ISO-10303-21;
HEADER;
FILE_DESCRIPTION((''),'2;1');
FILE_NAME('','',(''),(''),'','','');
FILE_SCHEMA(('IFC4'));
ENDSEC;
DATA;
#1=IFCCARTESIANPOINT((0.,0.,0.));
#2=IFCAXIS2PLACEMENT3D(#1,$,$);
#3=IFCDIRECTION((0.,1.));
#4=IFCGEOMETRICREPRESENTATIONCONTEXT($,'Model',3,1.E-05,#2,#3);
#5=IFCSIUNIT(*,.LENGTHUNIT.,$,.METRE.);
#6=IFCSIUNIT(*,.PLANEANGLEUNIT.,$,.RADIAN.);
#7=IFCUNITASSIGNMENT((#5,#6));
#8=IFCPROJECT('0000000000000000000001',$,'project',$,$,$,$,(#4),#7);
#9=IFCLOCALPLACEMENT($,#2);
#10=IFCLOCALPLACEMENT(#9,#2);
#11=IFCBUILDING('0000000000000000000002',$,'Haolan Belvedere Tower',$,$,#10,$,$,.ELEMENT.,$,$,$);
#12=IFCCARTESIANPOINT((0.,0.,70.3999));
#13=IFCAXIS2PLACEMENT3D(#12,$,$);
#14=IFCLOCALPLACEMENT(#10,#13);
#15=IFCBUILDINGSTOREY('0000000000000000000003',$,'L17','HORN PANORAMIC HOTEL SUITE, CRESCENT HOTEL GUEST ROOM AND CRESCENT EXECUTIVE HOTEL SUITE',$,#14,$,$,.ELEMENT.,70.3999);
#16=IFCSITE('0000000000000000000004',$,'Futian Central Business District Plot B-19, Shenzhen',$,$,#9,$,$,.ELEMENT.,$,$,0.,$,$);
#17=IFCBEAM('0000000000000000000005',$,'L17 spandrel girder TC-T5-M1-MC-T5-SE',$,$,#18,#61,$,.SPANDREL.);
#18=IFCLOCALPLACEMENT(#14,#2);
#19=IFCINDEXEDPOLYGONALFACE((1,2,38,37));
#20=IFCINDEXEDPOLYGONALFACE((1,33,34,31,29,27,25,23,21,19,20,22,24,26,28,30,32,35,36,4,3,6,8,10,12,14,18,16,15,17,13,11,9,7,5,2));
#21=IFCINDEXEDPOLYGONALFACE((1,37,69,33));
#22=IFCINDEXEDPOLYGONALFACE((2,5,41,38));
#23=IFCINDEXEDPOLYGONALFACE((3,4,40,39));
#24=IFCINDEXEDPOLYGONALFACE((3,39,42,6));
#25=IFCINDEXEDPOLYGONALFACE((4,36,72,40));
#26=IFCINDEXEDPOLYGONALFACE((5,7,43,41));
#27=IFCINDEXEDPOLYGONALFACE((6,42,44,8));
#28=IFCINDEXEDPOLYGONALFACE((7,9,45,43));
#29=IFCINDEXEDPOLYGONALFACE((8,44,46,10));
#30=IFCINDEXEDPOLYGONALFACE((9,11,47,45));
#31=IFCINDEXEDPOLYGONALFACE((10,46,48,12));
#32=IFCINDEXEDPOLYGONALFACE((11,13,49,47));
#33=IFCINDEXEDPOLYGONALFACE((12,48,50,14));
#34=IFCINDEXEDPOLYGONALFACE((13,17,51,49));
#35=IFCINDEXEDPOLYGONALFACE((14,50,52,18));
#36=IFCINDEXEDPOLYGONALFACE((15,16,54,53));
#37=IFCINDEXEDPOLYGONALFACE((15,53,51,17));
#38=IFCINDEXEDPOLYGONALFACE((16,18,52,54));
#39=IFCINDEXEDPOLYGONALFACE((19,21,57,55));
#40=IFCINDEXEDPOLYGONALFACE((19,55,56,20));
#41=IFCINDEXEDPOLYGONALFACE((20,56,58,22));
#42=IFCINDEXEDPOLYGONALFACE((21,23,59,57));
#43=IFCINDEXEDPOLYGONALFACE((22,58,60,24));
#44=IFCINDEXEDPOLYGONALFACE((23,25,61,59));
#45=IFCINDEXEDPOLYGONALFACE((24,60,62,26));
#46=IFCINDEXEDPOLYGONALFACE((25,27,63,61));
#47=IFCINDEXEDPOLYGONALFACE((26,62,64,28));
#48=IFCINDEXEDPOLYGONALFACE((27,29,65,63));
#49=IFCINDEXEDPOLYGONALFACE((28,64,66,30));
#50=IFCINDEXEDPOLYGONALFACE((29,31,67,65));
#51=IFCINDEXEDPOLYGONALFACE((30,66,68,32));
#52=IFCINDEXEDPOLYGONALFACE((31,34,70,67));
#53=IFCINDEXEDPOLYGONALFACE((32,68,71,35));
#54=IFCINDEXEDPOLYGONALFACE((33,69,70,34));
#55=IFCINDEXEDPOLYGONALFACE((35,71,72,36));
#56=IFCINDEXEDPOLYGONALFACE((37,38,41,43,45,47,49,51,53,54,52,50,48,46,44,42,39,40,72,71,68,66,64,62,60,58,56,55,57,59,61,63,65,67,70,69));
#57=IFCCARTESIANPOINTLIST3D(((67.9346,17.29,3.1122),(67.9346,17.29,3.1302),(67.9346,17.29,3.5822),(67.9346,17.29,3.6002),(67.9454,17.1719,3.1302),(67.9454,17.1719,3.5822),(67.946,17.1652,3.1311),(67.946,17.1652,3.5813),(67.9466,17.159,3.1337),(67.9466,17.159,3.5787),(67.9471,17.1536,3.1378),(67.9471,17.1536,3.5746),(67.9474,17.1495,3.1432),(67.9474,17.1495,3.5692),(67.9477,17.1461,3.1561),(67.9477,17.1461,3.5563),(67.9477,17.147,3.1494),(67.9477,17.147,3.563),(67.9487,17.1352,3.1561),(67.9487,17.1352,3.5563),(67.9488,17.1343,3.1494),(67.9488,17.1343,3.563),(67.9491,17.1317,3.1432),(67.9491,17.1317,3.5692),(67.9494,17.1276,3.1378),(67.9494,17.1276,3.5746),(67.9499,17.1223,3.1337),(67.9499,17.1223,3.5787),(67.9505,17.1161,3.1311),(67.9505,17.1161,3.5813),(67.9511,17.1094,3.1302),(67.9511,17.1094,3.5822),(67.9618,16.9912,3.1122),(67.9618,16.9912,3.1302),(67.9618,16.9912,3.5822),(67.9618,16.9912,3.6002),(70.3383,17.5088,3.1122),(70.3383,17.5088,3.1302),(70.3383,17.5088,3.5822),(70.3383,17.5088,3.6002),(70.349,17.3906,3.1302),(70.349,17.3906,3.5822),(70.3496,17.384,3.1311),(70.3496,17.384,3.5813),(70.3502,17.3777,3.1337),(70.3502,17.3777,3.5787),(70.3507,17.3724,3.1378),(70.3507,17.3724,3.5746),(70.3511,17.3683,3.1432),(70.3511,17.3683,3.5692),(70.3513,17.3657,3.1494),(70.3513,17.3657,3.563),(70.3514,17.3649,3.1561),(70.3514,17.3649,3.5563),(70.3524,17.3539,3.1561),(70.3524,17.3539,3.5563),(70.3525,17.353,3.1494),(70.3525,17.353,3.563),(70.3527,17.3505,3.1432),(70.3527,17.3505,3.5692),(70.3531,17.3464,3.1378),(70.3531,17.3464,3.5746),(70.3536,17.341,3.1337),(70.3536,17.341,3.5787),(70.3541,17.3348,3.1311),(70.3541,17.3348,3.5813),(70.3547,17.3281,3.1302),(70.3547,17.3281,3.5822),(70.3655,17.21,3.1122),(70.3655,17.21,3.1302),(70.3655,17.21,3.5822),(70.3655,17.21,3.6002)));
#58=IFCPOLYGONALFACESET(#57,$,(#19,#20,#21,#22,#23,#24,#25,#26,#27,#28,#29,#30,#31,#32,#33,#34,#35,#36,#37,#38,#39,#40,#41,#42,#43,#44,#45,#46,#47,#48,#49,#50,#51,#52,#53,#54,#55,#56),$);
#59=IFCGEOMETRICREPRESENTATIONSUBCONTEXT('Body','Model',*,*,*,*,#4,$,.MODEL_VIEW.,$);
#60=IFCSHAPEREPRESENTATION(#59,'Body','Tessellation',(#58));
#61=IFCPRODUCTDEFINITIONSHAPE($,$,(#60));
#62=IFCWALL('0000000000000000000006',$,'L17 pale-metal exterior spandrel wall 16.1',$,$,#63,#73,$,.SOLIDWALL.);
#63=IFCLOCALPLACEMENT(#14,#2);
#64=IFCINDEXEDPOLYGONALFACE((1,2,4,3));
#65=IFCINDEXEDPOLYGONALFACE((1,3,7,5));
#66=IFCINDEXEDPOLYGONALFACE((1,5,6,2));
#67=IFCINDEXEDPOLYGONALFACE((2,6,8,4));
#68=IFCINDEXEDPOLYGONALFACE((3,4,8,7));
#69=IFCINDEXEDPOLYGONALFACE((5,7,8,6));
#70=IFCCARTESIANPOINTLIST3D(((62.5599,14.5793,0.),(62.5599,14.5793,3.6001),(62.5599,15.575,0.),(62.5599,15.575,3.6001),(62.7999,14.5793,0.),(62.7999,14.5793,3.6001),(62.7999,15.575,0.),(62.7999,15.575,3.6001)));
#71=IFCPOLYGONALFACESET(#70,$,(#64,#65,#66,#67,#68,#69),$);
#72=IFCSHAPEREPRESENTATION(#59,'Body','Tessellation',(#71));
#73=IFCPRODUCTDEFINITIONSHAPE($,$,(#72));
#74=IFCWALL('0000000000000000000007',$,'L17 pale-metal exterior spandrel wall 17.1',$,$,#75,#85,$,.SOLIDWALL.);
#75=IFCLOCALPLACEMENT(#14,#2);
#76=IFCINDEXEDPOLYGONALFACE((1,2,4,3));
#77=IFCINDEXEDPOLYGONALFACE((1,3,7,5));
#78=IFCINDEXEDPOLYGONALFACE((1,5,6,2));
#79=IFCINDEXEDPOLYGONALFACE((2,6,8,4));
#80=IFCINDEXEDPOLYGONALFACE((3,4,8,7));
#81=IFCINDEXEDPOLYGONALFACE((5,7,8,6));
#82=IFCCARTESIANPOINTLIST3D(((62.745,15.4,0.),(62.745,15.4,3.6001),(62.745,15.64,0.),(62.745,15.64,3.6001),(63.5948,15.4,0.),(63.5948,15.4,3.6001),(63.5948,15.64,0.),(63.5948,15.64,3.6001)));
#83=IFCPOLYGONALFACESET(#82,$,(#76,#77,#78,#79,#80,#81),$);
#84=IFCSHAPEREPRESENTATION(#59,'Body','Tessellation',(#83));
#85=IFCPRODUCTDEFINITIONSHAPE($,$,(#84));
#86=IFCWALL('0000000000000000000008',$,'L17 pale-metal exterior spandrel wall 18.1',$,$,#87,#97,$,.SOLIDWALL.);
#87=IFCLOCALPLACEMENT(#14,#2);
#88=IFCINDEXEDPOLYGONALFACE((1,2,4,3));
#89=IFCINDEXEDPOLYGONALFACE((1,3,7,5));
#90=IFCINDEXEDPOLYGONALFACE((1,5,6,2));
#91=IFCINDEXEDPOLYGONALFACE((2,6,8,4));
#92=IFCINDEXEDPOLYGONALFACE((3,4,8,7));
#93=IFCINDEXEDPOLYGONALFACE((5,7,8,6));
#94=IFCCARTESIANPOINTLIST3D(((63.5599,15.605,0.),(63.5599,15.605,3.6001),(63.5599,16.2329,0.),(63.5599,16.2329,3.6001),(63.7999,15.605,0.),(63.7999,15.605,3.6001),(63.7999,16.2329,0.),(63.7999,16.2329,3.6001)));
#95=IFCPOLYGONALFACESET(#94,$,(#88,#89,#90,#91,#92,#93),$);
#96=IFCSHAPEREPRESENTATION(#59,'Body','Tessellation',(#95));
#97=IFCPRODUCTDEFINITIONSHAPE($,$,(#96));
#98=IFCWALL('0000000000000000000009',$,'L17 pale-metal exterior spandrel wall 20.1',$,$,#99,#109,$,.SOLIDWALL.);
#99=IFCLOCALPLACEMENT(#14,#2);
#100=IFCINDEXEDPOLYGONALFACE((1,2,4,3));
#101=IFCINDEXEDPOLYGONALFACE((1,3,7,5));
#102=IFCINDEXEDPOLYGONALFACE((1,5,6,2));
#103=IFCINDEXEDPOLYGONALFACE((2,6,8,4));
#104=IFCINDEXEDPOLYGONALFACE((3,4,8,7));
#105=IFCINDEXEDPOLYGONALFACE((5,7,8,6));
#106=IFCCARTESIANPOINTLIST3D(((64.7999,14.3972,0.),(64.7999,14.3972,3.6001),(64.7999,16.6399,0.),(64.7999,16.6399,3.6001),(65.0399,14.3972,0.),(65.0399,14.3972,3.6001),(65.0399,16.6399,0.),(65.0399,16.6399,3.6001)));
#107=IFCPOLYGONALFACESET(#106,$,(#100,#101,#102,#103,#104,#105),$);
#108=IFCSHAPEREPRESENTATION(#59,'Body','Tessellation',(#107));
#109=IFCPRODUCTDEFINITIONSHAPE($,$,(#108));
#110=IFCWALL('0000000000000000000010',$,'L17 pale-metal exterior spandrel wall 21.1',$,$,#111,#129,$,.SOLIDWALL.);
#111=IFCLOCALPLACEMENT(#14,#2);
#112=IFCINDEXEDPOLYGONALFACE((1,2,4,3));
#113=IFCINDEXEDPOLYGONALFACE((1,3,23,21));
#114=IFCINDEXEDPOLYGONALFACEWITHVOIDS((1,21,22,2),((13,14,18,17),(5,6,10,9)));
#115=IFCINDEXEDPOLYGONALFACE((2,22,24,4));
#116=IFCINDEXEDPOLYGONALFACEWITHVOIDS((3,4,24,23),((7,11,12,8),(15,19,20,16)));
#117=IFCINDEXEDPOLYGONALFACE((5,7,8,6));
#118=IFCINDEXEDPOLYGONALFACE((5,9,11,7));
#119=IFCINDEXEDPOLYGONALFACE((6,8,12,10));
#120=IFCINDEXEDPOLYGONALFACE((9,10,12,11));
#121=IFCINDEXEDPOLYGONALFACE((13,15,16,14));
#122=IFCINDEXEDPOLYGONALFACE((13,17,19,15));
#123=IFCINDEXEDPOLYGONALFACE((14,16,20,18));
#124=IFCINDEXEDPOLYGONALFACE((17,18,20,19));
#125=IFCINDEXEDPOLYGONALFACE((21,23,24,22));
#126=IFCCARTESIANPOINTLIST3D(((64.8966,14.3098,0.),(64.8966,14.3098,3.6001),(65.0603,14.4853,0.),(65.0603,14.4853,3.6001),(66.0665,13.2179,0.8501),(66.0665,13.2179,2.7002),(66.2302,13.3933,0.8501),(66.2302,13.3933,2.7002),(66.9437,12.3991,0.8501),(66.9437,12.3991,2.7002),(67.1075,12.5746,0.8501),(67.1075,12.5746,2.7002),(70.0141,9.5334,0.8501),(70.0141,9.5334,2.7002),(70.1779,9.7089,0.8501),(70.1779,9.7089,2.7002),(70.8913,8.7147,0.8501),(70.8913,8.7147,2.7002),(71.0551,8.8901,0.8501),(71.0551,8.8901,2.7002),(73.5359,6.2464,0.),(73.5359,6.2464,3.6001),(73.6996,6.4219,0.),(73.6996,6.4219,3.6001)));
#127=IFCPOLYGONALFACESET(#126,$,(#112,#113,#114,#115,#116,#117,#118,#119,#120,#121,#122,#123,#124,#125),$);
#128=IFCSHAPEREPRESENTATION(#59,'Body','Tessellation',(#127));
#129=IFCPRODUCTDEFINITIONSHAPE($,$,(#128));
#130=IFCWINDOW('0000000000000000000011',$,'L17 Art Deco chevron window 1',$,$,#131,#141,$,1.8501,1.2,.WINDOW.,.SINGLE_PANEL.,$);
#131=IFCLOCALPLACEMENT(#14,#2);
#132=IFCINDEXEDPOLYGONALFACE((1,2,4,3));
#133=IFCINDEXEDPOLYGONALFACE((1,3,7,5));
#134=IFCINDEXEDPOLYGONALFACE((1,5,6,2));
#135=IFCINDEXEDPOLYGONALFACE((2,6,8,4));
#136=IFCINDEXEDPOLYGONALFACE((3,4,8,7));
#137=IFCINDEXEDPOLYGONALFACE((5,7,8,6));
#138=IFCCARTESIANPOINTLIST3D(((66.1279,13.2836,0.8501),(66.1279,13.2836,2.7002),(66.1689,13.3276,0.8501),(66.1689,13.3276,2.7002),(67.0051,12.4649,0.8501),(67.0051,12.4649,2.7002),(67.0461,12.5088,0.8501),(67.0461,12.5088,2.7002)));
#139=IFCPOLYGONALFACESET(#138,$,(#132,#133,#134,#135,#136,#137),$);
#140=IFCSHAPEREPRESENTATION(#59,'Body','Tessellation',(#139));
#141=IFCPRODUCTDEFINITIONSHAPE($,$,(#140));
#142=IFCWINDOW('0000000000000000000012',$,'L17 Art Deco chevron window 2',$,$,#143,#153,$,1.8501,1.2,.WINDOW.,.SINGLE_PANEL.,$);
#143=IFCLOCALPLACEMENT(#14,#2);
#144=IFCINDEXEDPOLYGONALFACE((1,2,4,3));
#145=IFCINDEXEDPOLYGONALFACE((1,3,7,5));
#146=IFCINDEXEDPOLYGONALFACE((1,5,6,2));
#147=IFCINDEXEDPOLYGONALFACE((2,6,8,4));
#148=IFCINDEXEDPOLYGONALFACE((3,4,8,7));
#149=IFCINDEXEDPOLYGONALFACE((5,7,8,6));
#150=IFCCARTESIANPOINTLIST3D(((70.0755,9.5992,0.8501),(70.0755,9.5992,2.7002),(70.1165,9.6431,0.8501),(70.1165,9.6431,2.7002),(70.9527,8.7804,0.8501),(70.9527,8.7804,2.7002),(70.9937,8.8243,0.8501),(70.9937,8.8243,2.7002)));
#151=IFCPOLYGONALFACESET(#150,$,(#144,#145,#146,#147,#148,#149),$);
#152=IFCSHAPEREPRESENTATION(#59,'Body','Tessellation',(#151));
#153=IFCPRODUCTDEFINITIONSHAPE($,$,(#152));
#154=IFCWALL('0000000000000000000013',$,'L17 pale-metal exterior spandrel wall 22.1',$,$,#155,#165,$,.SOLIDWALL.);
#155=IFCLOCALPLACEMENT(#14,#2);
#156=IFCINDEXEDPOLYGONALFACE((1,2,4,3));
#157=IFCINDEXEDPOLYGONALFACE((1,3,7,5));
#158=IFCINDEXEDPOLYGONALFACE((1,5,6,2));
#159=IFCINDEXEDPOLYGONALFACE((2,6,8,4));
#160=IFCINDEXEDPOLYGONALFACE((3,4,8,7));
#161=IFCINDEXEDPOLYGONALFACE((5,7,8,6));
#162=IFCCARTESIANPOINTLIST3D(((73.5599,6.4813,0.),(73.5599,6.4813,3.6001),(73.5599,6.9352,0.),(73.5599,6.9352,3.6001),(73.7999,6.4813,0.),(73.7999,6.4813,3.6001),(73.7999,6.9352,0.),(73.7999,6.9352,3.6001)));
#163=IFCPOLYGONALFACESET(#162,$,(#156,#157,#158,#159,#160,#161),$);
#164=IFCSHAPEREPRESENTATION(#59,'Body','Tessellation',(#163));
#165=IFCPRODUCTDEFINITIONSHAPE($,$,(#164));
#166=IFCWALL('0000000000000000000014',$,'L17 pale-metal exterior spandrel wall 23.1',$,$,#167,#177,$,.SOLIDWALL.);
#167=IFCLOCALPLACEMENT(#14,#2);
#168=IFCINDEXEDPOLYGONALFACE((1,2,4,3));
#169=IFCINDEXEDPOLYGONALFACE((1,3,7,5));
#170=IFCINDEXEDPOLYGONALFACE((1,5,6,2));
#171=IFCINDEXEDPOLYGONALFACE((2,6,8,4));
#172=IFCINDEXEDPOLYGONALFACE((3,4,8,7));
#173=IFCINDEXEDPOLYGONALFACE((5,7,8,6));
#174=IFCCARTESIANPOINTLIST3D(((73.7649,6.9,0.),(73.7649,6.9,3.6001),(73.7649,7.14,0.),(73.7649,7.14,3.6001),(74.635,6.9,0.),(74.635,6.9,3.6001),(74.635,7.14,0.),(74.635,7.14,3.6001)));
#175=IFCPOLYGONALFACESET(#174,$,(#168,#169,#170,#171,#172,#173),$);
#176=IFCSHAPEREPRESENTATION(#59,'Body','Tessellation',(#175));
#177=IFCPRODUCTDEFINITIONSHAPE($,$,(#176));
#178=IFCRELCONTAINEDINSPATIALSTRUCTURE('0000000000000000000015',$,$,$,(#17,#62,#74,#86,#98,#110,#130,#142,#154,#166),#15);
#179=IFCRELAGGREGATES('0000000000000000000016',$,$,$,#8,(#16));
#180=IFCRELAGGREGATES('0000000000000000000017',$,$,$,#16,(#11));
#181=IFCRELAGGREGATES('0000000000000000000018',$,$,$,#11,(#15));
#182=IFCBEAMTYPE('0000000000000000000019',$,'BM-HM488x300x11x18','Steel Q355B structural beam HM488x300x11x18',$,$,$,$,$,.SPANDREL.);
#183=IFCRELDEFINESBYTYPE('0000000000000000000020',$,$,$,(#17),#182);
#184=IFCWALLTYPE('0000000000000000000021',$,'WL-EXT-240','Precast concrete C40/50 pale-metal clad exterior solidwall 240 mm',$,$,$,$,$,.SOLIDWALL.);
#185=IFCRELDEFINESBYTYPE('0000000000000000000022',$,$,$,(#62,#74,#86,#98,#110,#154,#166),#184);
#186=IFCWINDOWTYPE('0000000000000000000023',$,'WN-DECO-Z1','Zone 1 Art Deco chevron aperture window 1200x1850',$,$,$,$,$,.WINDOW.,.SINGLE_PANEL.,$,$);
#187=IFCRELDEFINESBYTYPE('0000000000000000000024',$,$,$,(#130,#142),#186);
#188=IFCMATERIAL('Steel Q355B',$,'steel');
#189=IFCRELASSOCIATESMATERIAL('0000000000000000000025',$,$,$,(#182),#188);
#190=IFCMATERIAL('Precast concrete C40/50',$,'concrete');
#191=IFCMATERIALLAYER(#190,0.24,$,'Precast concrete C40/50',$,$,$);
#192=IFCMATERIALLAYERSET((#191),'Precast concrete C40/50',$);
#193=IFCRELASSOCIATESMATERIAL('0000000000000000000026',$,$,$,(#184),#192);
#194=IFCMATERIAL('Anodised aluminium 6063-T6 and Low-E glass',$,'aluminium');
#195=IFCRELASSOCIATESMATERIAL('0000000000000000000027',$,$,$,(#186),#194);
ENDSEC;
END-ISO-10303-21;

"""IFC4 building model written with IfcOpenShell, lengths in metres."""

from ifc_helpers import new_model, si_unit, direction, frame, frame_2d, origin, origin_2d, place, context, subcontext, project, spatial, rectangle, i_section, extrude, material, layer, layer_set, material_profile, profile_set, type_object, element, fill, save


model = new_model("IFC4")

# Units and contexts
model_context = context("Model", 3, precision=1e-05, world=origin(), true_north=direction((0.0, 1.0)))
body_context = subcontext(model_context, "Body", "Model", "MODEL_VIEW")
ifc_project = project(units=[si_unit("LENGTHUNIT", "METRE"), si_unit("PLANEANGLEUNIT", "RADIAN")], contexts=[model_context])

# Site, building, storey
site_placement = place(None, origin())
site = spatial("IfcSite", under=ifc_project, at=site_placement, Name="Futian Central Business District Plot B-19, Shenzhen", CompositionType="ELEMENT", RefElevation=0.0)
building_placement = place(site_placement, origin())
building = spatial("IfcBuilding", under=site, at=building_placement, Name="Haolan Belvedere Tower", CompositionType="ELEMENT")
storey_placement = place(building_placement, frame((0.0, 0.0, 70.3999)))
storey = spatial("IfcBuildingStorey", under=building, at=storey_placement, Name="L17", Description="HORN PANORAMIC HOTEL SUITE, CRESCENT HOTEL GUEST ROOM AND CRESCENT EXECUTIVE HOTEL SUITE", CompositionType="ELEMENT", Elevation=70.3999)

# Shared definitions
ifc_material_1 = material(Name="Steel Q355B", Category="steel")

# Beam
ifc_material_profile_1 = material_profile(ifc_material_1, i_section(OverallWidth=0.3, OverallDepth=0.488, WebThickness=0.011, FlangeThickness=0.0181, FilletRadius=0.0259, at=origin_2d()), Name="Steel Q355B")
ifc_profile_set_1 = profile_set([ifc_material_profile_1], Name="Steel Q355B")
beam_type = type_object("IfcBeamType", Name="BM-HM488x300x11x18", Description="Steel Q355B structural beam HM488x300x11x18", PredefinedType="SPANDREL", material=ifc_profile_set_1)
for number, where, z_axis, x_axis, name in (
    (1, (67.9482, 17.1406, 3.3562), (0.995884, 0.090636, 0.0), (-0.090636, 0.995884, 0.0), "L17 spandrel girder TC-T5-M1-MC-T5-SE"),
):
    element("IfcBeam", number, at=place(storey_placement, frame(where, z_axis=z_axis, x_axis=x_axis)), inside=storey, type_object=beam_type, Name=name, PredefinedType="SPANDREL", context=body_context, shape_type="SweptSolid", body=[
        extrude(i_section(OverallWidth=0.3, OverallDepth=0.488, WebThickness=0.011, FlangeThickness=0.0181, FilletRadius=0.0259, at=origin_2d()), origin(), (0.0, 0.0, 1.0), 2.4136),
    ])

# Walls
ifc_material_2 = material(Name="Precast concrete C40/50", Category="concrete")
ifc_layer_1 = layer(ifc_material_2, 0.24, Name="Precast concrete C40/50")
ifc_layer_set_1 = layer_set([ifc_layer_1], Name="Precast concrete C40/50")
wall_type_1 = type_object("IfcWallType", Name="WL-EXT-240", Description="Precast concrete C40/50 pale-metal clad exterior solidwall 240 mm", PredefinedType="SOLIDWALL", material=ifc_layer_set_1)
wall_1_placement = place(storey_placement, frame((62.6799, 14.5793, 0.0), z_axis=(0.0, 0.0, 1.0), x_axis=(0.0, 1.0, 0.0)))
element("IfcWall", 2, at=wall_1_placement, inside=storey, type_object=wall_type_1, Name="L17 pale-metal exterior spandrel wall 16.1", PredefinedType="SOLIDWALL", context=body_context, shape_type="SweptSolid", body=[
    extrude(rectangle(XDim=0.9956, YDim=0.24, at=frame_2d((0.4978, 0.0))), origin(), (0.0, 0.0, 1.0), 3.6001),
])
wall_2_placement = place(storey_placement, frame((62.7451, 15.52, 0.0), z_axis=(0.0, 0.0, 1.0), x_axis=(1.0, 0.0, 0.0)))
element("IfcWall", 3, at=wall_2_placement, inside=storey, type_object=wall_type_1, Name="L17 pale-metal exterior spandrel wall 17.1", PredefinedType="SOLIDWALL", context=body_context, shape_type="SweptSolid", body=[
    extrude(rectangle(XDim=0.8499, YDim=0.24, at=frame_2d((0.4248, 0.0))), origin(), (0.0, 0.0, 1.0), 3.6001),
])
wall_3_placement = place(storey_placement, frame((63.6799, 15.605, 0.0), z_axis=(0.0, 0.0, 1.0), x_axis=(0.0, 1.0, 0.0)))
element("IfcWall", 4, at=wall_3_placement, inside=storey, type_object=wall_type_1, Name="L17 pale-metal exterior spandrel wall 18.1", PredefinedType="SOLIDWALL", context=body_context, shape_type="SweptSolid", body=[
    extrude(rectangle(XDim=0.6279, YDim=0.24, at=frame_2d((0.314, 0.0))), origin(), (0.0, 0.0, 1.0), 3.6001),
])
wall_4_placement = place(storey_placement, frame((64.9199, 16.6399, 0.0), z_axis=(0.0, 0.0, 1.0), x_axis=(0.0, -1.0, 0.0)))
element("IfcWall", 5, at=wall_4_placement, inside=storey, type_object=wall_type_1, Name="L17 pale-metal exterior spandrel wall 20.1", PredefinedType="SOLIDWALL", context=body_context, shape_type="SweptSolid", body=[
    extrude(rectangle(XDim=2.2427, YDim=0.24, at=frame_2d((1.1213, 0.0))), origin(), (0.0, 0.0, 1.0), 3.6001),
])

# Wall, openings, windows
wall_5_placement = place(storey_placement, frame((64.9785, 14.3975, 0.0), z_axis=(0.0, 0.0, 1.0), x_axis=(0.731054, -0.68232, 0.0)))
wall_5 = element("IfcWall", 6, at=wall_5_placement, inside=storey, type_object=wall_type_1, Name="L17 pale-metal exterior spandrel wall 21.1", PredefinedType="SOLIDWALL", context=body_context, shape_type="SweptSolid", body=[
    extrude(rectangle(XDim=11.8176, YDim=0.24, at=frame_2d((5.9087, 0.0))), origin(), (0.0, 0.0, 1.0), 3.6001),
])
opening_1_placement = place(wall_5_placement, frame((1.6001, 0.0, 0.8501)))
opening_1 = element("IfcOpeningElement", 7, at=opening_1_placement, cuts=wall_5, PredefinedType="OPENING", context=body_context, shape_type="SweptSolid", body=[
    extrude(rectangle(XDim=1.2, YDim=1.8501, at=frame_2d((0.6001, 0.925))), frame((0.0, 0.1299, 0.0), z_axis=(0.0, -1.0, 0.0), x_axis=(1.0, 0.0, 0.0)), (0.0, 0.0, 1.0), 0.26),
])
opening_2_placement = place(wall_5_placement, frame((7.0, 0.0, 0.8501)))
opening_2 = element("IfcOpeningElement", 8, at=opening_2_placement, cuts=wall_5, PredefinedType="OPENING", context=body_context, shape_type="SweptSolid", body=[
    extrude(rectangle(XDim=1.2, YDim=1.8501, at=frame_2d((0.6001, 0.925))), frame((0.0, 0.1299, 0.0), z_axis=(0.0, -1.0, 0.0), x_axis=(1.0, 0.0, 0.0)), (0.0, 0.0, 1.0), 0.26),
])
ifc_material_3 = material(Name="Anodised aluminium 6063-T6 and Low-E glass", Category="aluminium")
window_type = type_object("IfcWindowType", Name="WN-DECO-Z1", Description="Zone 1 Art Deco chevron aperture window 1200x1850", PartitioningType="SINGLE_PANEL", PredefinedType="WINDOW", material=ifc_material_3)
window_1_placement = place(opening_1_placement, origin())
window_1 = element("IfcWindow", 9, at=window_1_placement, inside=storey, type_object=window_type, Name="L17 Art Deco chevron window 1", OverallHeight=1.8501, OverallWidth=1.2, PartitioningType="SINGLE_PANEL", PredefinedType="WINDOW", context=body_context, shape_type="SweptSolid", body=[
    extrude(rectangle(XDim=1.2, YDim=1.8501, at=frame_2d((0.6001, 0.925))), frame((0.0, 0.03, 0.0), z_axis=(0.0, -1.0, 0.0), x_axis=(1.0, 0.0, 0.0)), (0.0, 0.0, 1.0), 0.0601),
])
fill(opening_1, window_1)
window_2_placement = place(opening_2_placement, origin())
window_2 = element("IfcWindow", 10, at=window_2_placement, inside=storey, type_object=window_type, Name="L17 Art Deco chevron window 2", OverallHeight=1.8501, OverallWidth=1.2, PartitioningType="SINGLE_PANEL", PredefinedType="WINDOW", context=body_context, shape_type="SweptSolid", body=[
    extrude(rectangle(XDim=1.2, YDim=1.8501, at=frame_2d((0.6001, 0.925))), frame((0.0, 0.03, 0.0), z_axis=(0.0, -1.0, 0.0), x_axis=(1.0, 0.0, 0.0)), (0.0, 0.0, 1.0), 0.0601),
])
fill(opening_2, window_2)

# Walls
wall_6_placement = place(storey_placement, frame((73.6799, 6.4812, 0.0), z_axis=(0.0, 0.0, 1.0), x_axis=(0.0, 1.0, 0.0)))
element("IfcWall", 11, at=wall_6_placement, inside=storey, type_object=wall_type_1, Name="L17 pale-metal exterior spandrel wall 22.1", PredefinedType="SOLIDWALL", context=body_context, shape_type="SweptSolid", body=[
    extrude(rectangle(XDim=0.4539, YDim=0.24, at=frame_2d((0.2271, 0.0))), origin(), (0.0, 0.0, 1.0), 3.6001),
])
wall_7_placement = place(storey_placement, frame((73.7649, 7.02, 0.0), z_axis=(0.0, 0.0, 1.0), x_axis=(1.0, 0.0, 0.0)))
element("IfcWall", 12, at=wall_7_placement, inside=storey, type_object=wall_type_1, Name="L17 pale-metal exterior spandrel wall 23.1", PredefinedType="SOLIDWALL", context=body_context, shape_type="SweptSolid", body=[
    extrude(rectangle(XDim=0.8701, YDim=0.24, at=frame_2d((0.4351, 0.0))), origin(), (0.0, 0.0, 1.0), 3.6001),
])

save(model, "model.ifc")
